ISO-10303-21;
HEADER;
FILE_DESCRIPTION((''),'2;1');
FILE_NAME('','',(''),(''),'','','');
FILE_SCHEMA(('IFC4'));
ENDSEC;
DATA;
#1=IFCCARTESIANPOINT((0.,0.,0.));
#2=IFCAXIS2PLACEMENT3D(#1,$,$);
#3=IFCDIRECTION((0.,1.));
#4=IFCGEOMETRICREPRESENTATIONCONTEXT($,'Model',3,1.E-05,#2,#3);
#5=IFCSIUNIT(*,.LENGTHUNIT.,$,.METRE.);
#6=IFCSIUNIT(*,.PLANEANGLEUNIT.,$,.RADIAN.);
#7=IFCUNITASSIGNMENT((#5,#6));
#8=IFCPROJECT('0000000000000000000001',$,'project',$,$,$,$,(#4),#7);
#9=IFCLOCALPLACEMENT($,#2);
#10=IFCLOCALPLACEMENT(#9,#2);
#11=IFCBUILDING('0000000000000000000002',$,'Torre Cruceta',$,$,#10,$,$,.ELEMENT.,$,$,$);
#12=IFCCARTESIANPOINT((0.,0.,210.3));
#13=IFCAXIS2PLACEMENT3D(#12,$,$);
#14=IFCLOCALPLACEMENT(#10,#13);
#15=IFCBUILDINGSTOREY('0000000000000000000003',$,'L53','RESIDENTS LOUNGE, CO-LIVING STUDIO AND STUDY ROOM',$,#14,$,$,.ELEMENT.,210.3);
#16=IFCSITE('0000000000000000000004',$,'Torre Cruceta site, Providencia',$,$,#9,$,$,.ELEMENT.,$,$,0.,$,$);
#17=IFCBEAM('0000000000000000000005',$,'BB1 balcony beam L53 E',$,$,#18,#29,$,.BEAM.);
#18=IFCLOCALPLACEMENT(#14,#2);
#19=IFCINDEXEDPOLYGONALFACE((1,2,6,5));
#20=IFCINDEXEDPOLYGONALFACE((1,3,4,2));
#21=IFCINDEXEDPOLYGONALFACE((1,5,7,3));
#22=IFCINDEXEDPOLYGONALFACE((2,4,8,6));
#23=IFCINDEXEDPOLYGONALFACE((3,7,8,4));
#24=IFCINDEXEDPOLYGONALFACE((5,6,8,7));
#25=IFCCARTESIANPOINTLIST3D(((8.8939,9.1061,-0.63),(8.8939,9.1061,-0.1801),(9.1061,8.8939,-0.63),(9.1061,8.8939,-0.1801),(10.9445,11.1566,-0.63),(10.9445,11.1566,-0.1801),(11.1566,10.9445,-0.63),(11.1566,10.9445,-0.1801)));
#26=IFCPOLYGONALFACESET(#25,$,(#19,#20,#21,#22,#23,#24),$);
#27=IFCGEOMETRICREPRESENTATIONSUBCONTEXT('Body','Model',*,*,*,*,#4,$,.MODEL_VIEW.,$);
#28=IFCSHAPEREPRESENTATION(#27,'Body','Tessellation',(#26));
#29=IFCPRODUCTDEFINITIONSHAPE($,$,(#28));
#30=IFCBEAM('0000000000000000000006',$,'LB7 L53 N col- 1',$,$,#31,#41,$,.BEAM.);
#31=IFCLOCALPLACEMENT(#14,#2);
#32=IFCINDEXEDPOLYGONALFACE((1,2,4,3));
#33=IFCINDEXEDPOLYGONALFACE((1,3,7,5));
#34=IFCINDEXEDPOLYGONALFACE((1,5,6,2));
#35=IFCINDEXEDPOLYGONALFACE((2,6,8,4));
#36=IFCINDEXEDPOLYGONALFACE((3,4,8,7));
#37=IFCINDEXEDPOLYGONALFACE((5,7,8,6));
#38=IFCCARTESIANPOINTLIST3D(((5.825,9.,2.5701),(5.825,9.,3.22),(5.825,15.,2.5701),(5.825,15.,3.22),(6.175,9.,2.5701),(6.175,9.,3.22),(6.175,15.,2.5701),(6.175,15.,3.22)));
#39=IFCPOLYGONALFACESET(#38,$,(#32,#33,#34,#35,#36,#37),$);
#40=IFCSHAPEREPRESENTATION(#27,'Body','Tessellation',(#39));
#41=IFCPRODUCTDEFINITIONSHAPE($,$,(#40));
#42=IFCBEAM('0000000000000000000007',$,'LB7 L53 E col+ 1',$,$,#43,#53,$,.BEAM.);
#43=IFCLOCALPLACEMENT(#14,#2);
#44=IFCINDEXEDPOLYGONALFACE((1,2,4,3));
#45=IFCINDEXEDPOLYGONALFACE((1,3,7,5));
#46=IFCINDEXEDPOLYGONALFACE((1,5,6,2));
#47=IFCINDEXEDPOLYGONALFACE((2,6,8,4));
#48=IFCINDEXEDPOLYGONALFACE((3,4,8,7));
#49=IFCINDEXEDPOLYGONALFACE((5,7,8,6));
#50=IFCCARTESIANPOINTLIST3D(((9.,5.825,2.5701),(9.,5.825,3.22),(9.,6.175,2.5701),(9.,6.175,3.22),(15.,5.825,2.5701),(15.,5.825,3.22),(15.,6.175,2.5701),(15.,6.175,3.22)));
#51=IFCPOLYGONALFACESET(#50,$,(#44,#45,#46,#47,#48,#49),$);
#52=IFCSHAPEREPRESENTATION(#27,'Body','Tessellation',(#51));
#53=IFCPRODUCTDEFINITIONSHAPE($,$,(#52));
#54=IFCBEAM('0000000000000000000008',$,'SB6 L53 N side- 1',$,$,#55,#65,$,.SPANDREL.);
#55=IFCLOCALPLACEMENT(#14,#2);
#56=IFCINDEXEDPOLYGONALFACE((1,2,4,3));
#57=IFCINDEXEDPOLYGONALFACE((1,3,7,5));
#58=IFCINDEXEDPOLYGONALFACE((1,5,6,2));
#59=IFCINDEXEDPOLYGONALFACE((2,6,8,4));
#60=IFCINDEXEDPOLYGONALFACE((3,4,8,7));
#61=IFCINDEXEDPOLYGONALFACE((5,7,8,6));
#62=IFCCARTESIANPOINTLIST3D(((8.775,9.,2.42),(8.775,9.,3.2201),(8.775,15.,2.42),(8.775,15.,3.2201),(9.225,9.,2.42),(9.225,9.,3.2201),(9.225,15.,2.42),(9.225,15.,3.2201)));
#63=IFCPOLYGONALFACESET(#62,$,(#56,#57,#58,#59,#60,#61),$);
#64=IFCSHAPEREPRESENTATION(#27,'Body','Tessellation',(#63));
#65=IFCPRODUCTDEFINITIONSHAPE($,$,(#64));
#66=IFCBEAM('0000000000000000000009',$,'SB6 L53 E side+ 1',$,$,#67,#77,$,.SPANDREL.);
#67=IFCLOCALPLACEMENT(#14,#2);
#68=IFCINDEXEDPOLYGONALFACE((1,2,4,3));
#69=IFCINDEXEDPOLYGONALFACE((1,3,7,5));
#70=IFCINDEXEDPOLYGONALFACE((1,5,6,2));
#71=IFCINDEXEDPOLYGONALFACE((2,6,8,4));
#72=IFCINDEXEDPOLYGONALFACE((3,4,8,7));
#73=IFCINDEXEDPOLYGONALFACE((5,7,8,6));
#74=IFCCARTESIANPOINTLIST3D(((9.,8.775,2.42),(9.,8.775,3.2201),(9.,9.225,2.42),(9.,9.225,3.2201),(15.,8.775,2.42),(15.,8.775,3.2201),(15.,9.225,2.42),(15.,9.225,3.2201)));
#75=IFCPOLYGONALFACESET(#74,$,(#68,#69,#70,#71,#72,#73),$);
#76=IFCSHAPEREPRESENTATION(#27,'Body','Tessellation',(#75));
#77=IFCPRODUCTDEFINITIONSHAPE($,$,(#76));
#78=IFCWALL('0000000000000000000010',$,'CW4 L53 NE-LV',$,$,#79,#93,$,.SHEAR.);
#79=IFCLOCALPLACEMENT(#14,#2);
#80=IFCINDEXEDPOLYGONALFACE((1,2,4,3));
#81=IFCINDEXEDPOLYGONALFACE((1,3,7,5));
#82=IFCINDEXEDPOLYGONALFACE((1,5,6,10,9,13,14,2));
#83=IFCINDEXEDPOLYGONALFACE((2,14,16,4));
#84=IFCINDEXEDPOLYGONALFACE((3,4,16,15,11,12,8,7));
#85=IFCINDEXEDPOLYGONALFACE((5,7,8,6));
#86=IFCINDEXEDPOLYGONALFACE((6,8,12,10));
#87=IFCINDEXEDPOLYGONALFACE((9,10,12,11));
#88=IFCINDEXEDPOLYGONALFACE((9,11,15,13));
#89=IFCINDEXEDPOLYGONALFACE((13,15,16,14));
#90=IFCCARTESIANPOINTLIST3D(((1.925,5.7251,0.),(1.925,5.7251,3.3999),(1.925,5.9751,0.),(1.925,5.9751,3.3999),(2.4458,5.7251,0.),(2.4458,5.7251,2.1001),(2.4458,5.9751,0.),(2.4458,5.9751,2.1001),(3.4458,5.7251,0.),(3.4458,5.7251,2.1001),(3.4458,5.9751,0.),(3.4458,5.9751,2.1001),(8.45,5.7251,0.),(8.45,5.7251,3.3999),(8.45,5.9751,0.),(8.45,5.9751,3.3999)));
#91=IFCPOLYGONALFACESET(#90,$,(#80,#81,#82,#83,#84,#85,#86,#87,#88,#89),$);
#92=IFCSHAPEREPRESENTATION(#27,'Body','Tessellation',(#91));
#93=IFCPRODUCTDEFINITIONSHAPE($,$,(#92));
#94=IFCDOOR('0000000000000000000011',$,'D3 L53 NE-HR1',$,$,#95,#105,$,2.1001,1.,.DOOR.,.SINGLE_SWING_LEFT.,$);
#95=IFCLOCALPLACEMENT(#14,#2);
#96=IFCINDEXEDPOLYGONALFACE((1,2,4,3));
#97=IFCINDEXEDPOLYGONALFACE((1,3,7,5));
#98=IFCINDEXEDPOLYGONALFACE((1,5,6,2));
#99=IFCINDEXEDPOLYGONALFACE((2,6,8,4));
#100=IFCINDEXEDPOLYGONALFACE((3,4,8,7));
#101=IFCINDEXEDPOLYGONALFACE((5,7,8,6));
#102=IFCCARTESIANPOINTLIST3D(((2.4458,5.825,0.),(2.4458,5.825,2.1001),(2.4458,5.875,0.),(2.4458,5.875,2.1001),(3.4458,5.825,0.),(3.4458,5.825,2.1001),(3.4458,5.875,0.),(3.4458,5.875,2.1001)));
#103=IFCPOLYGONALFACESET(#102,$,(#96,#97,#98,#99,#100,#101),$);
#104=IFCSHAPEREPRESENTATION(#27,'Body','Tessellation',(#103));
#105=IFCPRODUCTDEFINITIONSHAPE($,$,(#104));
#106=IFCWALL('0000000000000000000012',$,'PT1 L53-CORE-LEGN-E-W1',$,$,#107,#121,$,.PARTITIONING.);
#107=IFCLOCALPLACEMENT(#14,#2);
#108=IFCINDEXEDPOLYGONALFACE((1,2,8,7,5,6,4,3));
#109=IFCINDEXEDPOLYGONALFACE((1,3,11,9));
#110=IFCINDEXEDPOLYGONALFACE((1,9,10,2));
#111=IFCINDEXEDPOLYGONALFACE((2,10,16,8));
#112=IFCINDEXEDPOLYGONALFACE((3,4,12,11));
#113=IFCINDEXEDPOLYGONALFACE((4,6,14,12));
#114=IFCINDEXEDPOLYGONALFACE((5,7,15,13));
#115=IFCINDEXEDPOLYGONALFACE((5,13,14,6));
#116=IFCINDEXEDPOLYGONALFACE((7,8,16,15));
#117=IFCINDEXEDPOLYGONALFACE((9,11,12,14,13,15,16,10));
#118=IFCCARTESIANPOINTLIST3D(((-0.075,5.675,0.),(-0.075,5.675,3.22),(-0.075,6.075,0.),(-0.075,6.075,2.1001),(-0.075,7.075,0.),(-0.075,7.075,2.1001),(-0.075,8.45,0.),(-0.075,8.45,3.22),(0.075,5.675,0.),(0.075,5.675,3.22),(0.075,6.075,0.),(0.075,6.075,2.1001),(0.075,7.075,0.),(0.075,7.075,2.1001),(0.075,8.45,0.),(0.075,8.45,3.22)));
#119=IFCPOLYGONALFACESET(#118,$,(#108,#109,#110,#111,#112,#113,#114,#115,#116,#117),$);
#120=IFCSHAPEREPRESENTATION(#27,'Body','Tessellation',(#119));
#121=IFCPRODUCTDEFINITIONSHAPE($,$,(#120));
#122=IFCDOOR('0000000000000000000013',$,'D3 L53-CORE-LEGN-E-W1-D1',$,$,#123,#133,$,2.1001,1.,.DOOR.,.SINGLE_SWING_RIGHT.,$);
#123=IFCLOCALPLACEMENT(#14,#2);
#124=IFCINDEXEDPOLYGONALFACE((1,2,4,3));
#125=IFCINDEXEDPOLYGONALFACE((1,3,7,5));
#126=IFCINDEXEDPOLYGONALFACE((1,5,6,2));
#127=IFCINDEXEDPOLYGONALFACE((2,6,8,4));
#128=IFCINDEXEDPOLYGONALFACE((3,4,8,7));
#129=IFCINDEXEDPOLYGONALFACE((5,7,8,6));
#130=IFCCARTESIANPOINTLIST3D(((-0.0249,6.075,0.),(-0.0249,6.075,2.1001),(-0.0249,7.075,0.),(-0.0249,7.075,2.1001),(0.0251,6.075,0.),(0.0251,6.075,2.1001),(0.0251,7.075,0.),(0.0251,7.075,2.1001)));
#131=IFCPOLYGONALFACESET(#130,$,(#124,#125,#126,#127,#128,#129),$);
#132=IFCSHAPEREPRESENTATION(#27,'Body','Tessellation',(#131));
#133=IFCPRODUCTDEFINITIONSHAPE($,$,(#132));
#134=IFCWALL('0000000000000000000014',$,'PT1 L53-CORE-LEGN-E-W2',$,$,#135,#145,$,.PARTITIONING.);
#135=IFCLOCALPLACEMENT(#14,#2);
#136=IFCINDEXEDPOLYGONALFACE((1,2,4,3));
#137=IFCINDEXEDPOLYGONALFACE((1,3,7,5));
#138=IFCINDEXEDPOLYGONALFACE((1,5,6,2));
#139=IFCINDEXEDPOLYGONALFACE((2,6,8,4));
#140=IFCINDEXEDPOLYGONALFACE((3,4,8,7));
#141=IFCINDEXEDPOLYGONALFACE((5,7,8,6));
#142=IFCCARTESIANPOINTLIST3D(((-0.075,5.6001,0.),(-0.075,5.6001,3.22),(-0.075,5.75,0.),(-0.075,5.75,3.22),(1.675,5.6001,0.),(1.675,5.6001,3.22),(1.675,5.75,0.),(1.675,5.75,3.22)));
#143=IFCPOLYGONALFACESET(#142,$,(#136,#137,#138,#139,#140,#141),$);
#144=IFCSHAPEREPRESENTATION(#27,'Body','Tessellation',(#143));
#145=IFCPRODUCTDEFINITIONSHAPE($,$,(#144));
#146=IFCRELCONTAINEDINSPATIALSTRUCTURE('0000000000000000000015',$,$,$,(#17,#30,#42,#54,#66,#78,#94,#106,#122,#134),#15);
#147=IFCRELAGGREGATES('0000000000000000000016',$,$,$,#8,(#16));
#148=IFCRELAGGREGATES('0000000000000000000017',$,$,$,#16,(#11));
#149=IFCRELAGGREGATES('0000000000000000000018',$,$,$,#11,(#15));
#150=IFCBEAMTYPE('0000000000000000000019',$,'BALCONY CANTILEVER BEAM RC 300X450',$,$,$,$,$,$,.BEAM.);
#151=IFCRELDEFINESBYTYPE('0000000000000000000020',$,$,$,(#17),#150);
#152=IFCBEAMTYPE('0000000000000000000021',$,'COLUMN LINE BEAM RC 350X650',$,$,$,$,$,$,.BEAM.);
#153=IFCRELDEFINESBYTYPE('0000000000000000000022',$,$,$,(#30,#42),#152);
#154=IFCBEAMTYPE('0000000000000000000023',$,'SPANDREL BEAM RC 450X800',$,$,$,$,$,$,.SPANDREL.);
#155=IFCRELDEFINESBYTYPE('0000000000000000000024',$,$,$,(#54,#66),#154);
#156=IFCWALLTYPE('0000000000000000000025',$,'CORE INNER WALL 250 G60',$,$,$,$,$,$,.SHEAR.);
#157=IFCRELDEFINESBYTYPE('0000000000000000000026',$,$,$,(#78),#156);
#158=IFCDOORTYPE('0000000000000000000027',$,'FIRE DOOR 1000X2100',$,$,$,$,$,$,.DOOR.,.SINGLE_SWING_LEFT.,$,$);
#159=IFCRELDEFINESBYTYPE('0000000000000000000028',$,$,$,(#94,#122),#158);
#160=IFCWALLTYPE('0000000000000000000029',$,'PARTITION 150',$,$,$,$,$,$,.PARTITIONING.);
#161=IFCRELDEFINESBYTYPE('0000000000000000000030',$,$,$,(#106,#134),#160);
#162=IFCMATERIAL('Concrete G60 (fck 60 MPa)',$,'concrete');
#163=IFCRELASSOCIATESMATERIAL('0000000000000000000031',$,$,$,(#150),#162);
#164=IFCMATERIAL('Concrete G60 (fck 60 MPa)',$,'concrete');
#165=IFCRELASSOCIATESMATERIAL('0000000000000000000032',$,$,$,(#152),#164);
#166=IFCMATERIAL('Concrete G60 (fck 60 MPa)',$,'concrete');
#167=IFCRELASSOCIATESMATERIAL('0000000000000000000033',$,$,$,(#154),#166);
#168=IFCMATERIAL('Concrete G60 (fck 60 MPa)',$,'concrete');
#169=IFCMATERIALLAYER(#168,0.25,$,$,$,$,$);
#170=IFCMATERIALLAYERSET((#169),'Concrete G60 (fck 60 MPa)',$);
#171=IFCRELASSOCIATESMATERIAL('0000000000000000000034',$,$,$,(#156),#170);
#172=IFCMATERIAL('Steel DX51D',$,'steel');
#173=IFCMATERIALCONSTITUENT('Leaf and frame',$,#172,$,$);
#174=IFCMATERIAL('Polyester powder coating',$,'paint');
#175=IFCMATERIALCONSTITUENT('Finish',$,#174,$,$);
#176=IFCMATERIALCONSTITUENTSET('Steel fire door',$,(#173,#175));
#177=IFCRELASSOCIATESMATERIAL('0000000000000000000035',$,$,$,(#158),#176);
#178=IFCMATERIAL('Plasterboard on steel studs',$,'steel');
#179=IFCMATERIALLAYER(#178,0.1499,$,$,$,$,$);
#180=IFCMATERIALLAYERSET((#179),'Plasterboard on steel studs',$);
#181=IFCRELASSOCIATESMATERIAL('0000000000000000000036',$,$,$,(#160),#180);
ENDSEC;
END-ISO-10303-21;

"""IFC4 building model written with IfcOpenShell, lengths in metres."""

from ifc_helpers import new_model, si_unit, direction, frame, frame_2d, origin, origin_2d, place, context, subcontext, project, spatial, rectangle, extrude, material, layer, layer_set, constituent, constituent_set, material_profile, profile_set, type_object, element, fill, save


model = new_model("IFC4")

# Units and contexts
model_context = context("Model", 3, precision=1e-05, world=origin(), true_north=direction((0.0, 1.0)))
body_context = subcontext(model_context, "Body", "Model", "MODEL_VIEW")
ifc_project = project(units=[si_unit("LENGTHUNIT", "METRE"), si_unit("PLANEANGLEUNIT", "RADIAN")], contexts=[model_context])

# Site, building, storey
site_placement = place(None, origin())
site = spatial("IfcSite", under=ifc_project, at=site_placement, Name="Torre Cruceta site, Providencia", CompositionType="ELEMENT", RefElevation=0.0)
building_placement = place(site_placement, origin())
building = spatial("IfcBuilding", under=site, at=building_placement, Name="Torre Cruceta", CompositionType="ELEMENT")
storey_placement = place(building_placement, frame((0.0, 0.0, 210.3)))
storey = spatial("IfcBuildingStorey", under=building, at=storey_placement, Name="L53", Description="RESIDENTS LOUNGE, CO-LIVING STUDIO AND STUDY ROOM", CompositionType="ELEMENT", Elevation=210.3)

# Beams
ifc_material_1 = material(Name="Concrete G60 (fck 60 MPa)", Category="concrete")
ifc_material_profile_1 = material_profile(ifc_material_1, rectangle(XDim=0.3, YDim=0.45, at=origin_2d()), Name="RC 300X450")
ifc_profile_set_1 = profile_set([ifc_material_profile_1], Name="Concrete G60 (fck 60 MPa)")
beam_type_1 = type_object("IfcBeamType", Name="BALCONY CANTILEVER BEAM RC 300X450", PredefinedType="BEAM", material=ifc_profile_set_1)
beam_placement = place(storey_placement, frame((9.0, 9.0, -0.405), z_axis=(0.707107, 0.707107, 0.0), x_axis=(-0.707107, 0.707107, 0.0)))
element("IfcBeam", 1, at=beam_placement, inside=storey, type_object=beam_type_1, Name="BB1 balcony beam L53 E", PredefinedType="BEAM", context=body_context, shape_type="SweptSolid", body=[
    extrude(rectangle(XDim=0.3, YDim=0.45, at=origin_2d()), origin(), (0.0, 0.0, 1.0), 2.8999),
])
ifc_material_2 = material(Name="Concrete G60 (fck 60 MPa)", Category="concrete")
ifc_material_profile_2 = material_profile(ifc_material_2, rectangle(XDim=0.3501, YDim=0.6499, at=origin_2d()), Name="RC 350X650")
ifc_profile_set_2 = profile_set([ifc_material_profile_2], Name="Concrete G60 (fck 60 MPa)")
beam_type_2 = type_object("IfcBeamType", Name="COLUMN LINE BEAM RC 350X650", PredefinedType="BEAM", material=ifc_profile_set_2)
for number, where, z_axis, x_axis, name in (
    (2, (6.0, 9.0, 2.895), (0.0, 1.0, 0.0), (-1.0, 0.0, 0.0), "LB7 L53 N col- 1"),
    (3, (9.0, 6.0, 2.895), (1.0, 0.0, 0.0), (0.0, 1.0, 0.0), "LB7 L53 E col+ 1"),
):
    element("IfcBeam", number, at=place(storey_placement, frame(where, z_axis=z_axis, x_axis=x_axis)), inside=storey, type_object=beam_type_2, Name=name, PredefinedType="BEAM", context=body_context, shape_type="SweptSolid", body=[
        extrude(rectangle(XDim=0.3501, YDim=0.6499, at=origin_2d()), origin(), (0.0, 0.0, 1.0), 6.0),
    ])
ifc_material_3 = material(Name="Concrete G60 (fck 60 MPa)", Category="concrete")
ifc_material_profile_3 = material_profile(ifc_material_3, rectangle(XDim=0.45, YDim=0.8, at=origin_2d()), Name="RC 450X800")
ifc_profile_set_3 = profile_set([ifc_material_profile_3], Name="Concrete G60 (fck 60 MPa)")
beam_type_3 = type_object("IfcBeamType", Name="SPANDREL BEAM RC 450X800", PredefinedType="SPANDREL", material=ifc_profile_set_3)
for number, where, z_axis, x_axis, name in (
    (4, (9.0, 9.0, 2.8201), (0.0, 1.0, 0.0), (-1.0, 0.0, 0.0), "SB6 L53 N side- 1"),
    (5, (9.0, 9.0, 2.8201), (1.0, 0.0, 0.0), (0.0, 1.0, 0.0), "SB6 L53 E side+ 1"),
):
    element("IfcBeam", number, at=place(storey_placement, frame(where, z_axis=z_axis, x_axis=x_axis)), inside=storey, type_object=beam_type_3, Name=name, PredefinedType="SPANDREL", context=body_context, shape_type="SweptSolid", body=[
        extrude(rectangle(XDim=0.45, YDim=0.8, at=origin_2d()), origin(), (0.0, 0.0, 1.0), 6.0),
    ])

# Walls, openings, doors
ifc_material_4 = material(Name="Concrete G60 (fck 60 MPa)", Category="concrete")
ifc_layer_1 = layer(ifc_material_4, 0.25)
ifc_layer_set_1 = layer_set([ifc_layer_1], Name="Concrete G60 (fck 60 MPa)")
wall_type_1 = type_object("IfcWallType", Name="CORE INNER WALL 250 G60", PredefinedType="SHEAR", material=ifc_layer_set_1)
wall_1_placement = place(storey_placement, frame((1.925, 5.8501, 0.0), z_axis=(0.0, 0.0, 1.0), x_axis=(1.0, 0.0, 0.0)))
wall_1 = element("IfcWall", 6, at=wall_1_placement, inside=storey, type_object=wall_type_1, Name="CW4 L53 NE-LV", PredefinedType="SHEAR", context=body_context, shape_type="SweptSolid", body=[
    extrude(rectangle(XDim=6.5249, YDim=0.25, at=frame_2d((3.2625, 0.0))), origin(), (0.0, 0.0, 1.0), 3.3999),
])
opening_1_placement = place(wall_1_placement, frame((0.5208, 0.0, 0.0)))
opening_1 = element("IfcOpeningElement", 7, at=opening_1_placement, cuts=wall_1, PredefinedType="OPENING", context=body_context, shape_type="SweptSolid", body=[
    extrude(rectangle(XDim=1.0, YDim=2.1001, at=frame_2d((0.5, 1.05))), frame((0.0, 0.135, 0.0), z_axis=(0.0, -1.0, 0.0), x_axis=(1.0, 0.0, 0.0)), (0.0, 0.0, 1.0), 0.27),
])
ifc_material_5 = material(Name="Steel DX51D", Category="steel")
ifc_constituent_1 = constituent(ifc_material_5, Name="Leaf and frame")
ifc_material_6 = material(Name="Polyester powder coating", Category="paint")
ifc_constituent_2 = constituent(ifc_material_6, Name="Finish")
ifc_constituent_set_1 = constituent_set(constituents=[ifc_constituent_1, ifc_constituent_2], Name="Steel fire door")
door_type_1 = type_object("IfcDoorType", Name="FIRE DOOR 1000X2100", OperationType="SINGLE_SWING_LEFT", PredefinedType="DOOR", material=ifc_constituent_set_1)
door_1_placement = place(opening_1_placement, origin())
door_1 = element("IfcDoor", 8, at=door_1_placement, inside=storey, type_object=door_type_1, Name="D3 L53 NE-HR1", OperationType="SINGLE_SWING_LEFT", OverallHeight=2.1001, OverallWidth=1.0, PredefinedType="DOOR", context=body_context, shape_type="SweptSolid", body=[
    extrude(rectangle(XDim=1.0, YDim=2.1001, at=frame_2d((0.5, 1.05))), frame((0.0, 0.0249, 0.0), z_axis=(0.0, -1.0, 0.0), x_axis=(1.0, 0.0, 0.0)), (0.0, 0.0, 1.0), 0.05),
])
fill(opening_1, door_1)
ifc_material_7 = material(Name="Plasterboard on steel studs", Category="steel")
ifc_layer_2 = layer(ifc_material_7, 0.1499)
ifc_layer_set_2 = layer_set([ifc_layer_2], Name="Plasterboard on steel studs")
wall_type_2 = type_object("IfcWallType", Name="PARTITION 150", PredefinedType="PARTITIONING", material=ifc_layer_set_2)
wall_2_placement = place(storey_placement, frame((0.0, 5.675, 0.0), z_axis=(0.0, 0.0, 1.0), x_axis=(0.0, 1.0, 0.0)))
wall_2 = element("IfcWall", 9, at=wall_2_placement, inside=storey, type_object=wall_type_2, Name="PT1 L53-CORE-LEGN-E-W1", PredefinedType="PARTITIONING", context=body_context, shape_type="SweptSolid", body=[
    extrude(rectangle(XDim=2.7749, YDim=0.1499, at=frame_2d((1.3875, 0.0))), origin(), (0.0, 0.0, 1.0), 3.22),
])
opening_2_placement = place(wall_2_placement, frame((0.3999, 0.0, 0.0)))
opening_2 = element("IfcOpeningElement", 10, at=opening_2_placement, cuts=wall_2, PredefinedType="OPENING", context=body_context, shape_type="SweptSolid", body=[
    extrude(rectangle(XDim=1.0, YDim=2.1001, at=frame_2d((0.5, 1.05))), frame((0.0, 0.085, 0.0), z_axis=(0.0, -1.0, 0.0), x_axis=(1.0, 0.0, 0.0)), (0.0, 0.0, 1.0), 0.1699),
])
door_2_placement = place(opening_2_placement, frame((1.0, 0.0, 0.0), z_axis=(0.0, 0.0, 1.0), x_axis=(-1.0, 0.0, 0.0)))
door_2 = element("IfcDoor", 11, at=door_2_placement, inside=storey, type_object=door_type_1, Name="D3 L53-CORE-LEGN-E-W1-D1", OperationType="SINGLE_SWING_RIGHT", OverallHeight=2.1001, OverallWidth=1.0, PredefinedType="DOOR", context=body_context, shape_type="SweptSolid", body=[
    extrude(rectangle(XDim=1.0, YDim=2.1001, at=frame_2d((0.5, 1.05))), frame((0.0, 0.0251, 0.0), z_axis=(0.0, -1.0, 0.0), x_axis=(1.0, 0.0, 0.0)), (0.0, 0.0, 1.0), 0.05),
])
fill(opening_2, door_2)

# Wall
wall_3_placement = place(storey_placement, frame((1.675, 5.675, 0.0), z_axis=(0.0, 0.0, 1.0), x_axis=(-1.0, 0.0, 0.0)))
element("IfcWall", 12, at=wall_3_placement, inside=storey, type_object=wall_type_2, Name="PT1 L53-CORE-LEGN-E-W2", PredefinedType="PARTITIONING", context=body_context, shape_type="SweptSolid", body=[
    extrude(rectangle(XDim=1.75, YDim=0.1499, at=frame_2d((0.875, 0.0))), origin(), (0.0, 0.0, 1.0), 3.22),
])

save(model, "model.ifc")
